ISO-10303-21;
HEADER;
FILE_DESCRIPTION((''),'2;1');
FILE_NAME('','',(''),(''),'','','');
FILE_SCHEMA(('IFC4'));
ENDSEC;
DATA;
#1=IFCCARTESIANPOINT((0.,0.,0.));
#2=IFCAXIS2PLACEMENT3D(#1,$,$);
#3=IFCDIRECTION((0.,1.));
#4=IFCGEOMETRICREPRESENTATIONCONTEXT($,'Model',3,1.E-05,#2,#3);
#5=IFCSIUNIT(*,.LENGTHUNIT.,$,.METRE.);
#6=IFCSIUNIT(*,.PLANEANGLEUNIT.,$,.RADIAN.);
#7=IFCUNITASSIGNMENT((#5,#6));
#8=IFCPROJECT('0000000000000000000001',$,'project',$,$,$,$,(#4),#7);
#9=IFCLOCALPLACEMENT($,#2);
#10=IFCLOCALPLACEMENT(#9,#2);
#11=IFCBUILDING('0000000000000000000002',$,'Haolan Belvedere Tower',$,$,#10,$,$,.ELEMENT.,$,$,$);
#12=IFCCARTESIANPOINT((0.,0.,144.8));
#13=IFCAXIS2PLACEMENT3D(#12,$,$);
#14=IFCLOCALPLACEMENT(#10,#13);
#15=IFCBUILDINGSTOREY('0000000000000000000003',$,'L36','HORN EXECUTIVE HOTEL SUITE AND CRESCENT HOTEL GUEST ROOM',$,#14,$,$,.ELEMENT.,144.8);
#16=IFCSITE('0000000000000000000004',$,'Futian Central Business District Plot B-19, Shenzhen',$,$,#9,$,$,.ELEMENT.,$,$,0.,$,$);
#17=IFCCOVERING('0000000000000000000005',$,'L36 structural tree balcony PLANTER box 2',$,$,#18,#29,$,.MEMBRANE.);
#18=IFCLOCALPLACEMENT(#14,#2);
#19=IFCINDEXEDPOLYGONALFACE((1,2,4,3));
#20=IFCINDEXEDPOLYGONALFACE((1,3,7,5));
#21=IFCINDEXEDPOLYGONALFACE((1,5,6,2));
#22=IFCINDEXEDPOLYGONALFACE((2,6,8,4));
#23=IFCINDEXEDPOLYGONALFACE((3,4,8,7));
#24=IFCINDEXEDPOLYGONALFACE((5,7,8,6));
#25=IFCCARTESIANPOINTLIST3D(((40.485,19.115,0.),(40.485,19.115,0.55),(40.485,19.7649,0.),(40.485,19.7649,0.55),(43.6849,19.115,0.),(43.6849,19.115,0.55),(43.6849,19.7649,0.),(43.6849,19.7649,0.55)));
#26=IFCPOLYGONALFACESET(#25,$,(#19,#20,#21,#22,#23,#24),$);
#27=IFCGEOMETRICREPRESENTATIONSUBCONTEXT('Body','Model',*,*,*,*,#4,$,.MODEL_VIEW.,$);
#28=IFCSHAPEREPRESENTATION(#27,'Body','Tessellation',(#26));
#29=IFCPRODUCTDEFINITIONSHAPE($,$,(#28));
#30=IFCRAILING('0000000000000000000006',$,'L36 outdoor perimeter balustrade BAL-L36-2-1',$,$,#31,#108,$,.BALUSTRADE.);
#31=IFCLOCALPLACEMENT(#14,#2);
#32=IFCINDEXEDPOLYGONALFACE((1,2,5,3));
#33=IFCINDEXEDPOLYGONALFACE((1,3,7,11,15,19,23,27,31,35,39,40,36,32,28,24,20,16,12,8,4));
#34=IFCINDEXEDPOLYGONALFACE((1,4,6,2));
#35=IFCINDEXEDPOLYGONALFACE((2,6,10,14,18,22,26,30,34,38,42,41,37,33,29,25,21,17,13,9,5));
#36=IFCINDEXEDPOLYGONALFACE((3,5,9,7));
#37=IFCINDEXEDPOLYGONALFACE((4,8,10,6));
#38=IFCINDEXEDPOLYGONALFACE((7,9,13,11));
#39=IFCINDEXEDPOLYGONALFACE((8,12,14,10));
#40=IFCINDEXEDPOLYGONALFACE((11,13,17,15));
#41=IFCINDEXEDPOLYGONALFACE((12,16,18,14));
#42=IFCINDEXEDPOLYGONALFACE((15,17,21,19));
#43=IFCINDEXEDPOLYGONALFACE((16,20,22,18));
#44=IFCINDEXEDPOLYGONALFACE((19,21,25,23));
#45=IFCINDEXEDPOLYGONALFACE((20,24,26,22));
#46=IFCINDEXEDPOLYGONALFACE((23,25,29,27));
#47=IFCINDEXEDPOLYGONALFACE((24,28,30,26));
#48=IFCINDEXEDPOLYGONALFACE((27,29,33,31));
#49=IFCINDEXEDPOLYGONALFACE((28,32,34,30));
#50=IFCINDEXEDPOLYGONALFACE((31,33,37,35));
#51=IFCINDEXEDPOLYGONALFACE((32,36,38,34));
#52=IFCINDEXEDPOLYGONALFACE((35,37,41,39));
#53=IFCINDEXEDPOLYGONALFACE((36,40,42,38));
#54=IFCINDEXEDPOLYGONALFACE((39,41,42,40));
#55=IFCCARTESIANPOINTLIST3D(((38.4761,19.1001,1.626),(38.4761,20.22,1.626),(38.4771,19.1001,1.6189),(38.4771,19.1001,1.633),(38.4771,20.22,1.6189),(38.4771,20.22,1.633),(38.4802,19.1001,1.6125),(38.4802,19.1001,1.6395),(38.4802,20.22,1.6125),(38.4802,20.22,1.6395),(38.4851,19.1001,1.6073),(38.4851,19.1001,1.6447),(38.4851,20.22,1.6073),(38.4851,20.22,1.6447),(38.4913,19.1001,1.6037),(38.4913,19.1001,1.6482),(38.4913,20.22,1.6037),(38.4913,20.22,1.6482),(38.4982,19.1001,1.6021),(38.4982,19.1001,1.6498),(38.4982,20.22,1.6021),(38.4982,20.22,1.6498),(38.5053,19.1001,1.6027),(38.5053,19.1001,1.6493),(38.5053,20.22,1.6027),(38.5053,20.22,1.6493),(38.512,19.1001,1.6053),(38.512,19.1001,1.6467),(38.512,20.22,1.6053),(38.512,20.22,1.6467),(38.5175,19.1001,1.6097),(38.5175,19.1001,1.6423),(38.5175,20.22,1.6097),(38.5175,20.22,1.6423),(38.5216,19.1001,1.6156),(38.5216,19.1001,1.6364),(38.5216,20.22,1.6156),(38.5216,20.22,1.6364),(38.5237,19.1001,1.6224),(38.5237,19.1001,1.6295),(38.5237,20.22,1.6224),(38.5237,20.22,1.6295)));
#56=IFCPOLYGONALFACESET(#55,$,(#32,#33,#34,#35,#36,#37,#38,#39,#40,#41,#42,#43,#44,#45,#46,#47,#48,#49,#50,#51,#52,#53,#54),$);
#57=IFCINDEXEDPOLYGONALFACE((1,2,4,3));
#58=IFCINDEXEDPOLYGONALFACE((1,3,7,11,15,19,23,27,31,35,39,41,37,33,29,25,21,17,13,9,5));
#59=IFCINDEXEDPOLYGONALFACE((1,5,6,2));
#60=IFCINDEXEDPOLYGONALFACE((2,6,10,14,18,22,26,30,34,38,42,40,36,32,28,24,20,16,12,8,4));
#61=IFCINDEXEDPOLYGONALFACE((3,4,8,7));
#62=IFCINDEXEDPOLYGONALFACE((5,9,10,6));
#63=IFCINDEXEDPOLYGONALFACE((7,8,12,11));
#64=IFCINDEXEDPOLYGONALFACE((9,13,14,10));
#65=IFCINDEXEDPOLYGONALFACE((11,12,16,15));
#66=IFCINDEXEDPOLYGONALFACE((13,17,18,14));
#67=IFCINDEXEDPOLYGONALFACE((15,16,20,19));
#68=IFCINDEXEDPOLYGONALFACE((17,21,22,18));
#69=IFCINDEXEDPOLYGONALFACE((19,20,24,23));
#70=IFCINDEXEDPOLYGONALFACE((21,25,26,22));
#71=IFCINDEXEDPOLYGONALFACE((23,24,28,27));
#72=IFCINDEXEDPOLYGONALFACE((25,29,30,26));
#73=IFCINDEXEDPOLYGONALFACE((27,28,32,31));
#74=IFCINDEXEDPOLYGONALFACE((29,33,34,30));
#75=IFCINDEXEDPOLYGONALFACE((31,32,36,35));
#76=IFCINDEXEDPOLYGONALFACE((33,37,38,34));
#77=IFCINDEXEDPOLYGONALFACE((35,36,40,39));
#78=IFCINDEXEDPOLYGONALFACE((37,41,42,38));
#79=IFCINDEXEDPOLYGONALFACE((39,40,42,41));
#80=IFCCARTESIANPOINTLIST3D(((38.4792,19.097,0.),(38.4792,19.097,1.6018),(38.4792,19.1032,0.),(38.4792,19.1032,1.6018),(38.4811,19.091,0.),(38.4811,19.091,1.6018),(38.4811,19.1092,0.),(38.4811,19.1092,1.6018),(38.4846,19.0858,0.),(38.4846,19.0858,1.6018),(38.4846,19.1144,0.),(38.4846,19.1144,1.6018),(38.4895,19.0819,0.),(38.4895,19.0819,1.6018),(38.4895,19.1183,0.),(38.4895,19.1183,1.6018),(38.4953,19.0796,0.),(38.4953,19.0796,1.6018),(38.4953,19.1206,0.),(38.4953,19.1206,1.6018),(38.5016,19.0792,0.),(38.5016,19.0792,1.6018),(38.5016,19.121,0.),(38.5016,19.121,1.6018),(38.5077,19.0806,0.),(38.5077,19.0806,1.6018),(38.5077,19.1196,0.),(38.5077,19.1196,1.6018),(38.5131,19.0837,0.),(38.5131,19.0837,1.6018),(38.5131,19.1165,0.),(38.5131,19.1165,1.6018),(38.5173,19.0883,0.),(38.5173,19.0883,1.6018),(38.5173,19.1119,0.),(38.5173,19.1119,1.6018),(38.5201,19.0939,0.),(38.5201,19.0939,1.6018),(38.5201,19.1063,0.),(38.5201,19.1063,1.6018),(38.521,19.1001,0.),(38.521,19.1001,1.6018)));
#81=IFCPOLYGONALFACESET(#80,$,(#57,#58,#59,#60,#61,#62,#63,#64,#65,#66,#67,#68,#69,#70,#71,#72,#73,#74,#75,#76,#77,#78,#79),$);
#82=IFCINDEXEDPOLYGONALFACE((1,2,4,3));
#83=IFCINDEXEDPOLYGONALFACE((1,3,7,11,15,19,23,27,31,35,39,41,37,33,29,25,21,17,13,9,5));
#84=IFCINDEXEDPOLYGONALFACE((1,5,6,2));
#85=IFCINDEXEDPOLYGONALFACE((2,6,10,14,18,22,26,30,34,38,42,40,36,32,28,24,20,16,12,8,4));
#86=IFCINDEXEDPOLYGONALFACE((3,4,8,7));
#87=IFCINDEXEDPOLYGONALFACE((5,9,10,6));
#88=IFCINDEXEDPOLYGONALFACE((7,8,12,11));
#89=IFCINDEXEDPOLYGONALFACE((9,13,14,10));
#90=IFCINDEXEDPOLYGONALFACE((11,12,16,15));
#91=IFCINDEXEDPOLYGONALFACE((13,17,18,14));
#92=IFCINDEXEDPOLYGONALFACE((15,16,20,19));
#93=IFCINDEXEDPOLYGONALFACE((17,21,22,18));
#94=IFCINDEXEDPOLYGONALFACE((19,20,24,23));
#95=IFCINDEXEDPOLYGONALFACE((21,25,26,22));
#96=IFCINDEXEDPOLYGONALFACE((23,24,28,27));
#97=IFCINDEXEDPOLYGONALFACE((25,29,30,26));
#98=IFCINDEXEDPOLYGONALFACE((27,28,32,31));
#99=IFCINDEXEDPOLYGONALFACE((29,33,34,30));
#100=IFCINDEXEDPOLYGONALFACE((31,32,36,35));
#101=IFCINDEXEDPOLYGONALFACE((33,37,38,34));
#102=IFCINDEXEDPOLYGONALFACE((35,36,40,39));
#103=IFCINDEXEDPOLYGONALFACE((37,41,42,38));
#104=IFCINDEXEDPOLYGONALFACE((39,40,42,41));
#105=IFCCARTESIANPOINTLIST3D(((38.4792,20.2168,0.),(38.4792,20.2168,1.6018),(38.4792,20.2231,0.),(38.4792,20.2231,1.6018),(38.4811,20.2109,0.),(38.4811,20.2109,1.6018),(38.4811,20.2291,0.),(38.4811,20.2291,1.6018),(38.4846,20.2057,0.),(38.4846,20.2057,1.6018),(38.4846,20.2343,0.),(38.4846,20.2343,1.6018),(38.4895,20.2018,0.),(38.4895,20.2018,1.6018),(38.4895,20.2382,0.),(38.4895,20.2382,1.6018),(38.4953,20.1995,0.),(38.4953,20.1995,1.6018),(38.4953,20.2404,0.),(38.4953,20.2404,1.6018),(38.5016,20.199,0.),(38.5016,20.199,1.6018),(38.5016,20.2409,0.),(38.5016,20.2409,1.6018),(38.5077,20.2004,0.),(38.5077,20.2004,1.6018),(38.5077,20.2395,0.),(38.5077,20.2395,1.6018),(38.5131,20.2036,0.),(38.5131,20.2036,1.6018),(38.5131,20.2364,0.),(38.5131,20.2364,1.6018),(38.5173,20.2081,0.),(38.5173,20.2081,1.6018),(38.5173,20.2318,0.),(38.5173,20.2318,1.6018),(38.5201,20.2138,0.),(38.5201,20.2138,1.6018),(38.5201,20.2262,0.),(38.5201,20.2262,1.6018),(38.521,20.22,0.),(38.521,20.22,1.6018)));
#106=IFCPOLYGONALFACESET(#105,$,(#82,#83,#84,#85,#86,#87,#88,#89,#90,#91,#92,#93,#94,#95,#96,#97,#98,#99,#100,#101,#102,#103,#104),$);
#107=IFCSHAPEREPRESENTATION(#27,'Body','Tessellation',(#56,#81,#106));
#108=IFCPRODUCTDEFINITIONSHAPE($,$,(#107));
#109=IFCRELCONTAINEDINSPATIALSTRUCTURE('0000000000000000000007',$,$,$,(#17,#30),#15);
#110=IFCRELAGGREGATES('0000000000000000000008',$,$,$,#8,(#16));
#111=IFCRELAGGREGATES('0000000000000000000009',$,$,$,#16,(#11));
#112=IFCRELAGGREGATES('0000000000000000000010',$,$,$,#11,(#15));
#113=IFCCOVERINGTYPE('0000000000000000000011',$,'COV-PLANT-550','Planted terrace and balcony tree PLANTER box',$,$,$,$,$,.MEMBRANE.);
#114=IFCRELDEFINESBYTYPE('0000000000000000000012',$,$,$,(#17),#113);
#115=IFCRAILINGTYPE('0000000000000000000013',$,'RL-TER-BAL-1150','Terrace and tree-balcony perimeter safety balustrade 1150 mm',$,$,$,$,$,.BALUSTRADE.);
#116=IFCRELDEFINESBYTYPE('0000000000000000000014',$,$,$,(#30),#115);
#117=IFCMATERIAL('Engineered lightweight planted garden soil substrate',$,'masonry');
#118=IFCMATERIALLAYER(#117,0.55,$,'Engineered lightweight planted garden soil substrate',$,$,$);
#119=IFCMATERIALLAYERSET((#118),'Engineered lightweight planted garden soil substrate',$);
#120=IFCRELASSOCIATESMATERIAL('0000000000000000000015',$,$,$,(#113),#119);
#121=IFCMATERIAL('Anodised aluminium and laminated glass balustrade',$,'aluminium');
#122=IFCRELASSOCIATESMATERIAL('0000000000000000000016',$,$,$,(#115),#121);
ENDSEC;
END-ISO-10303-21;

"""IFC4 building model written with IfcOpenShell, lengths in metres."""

from ifc_helpers import new_model, si_unit, direction, frame, origin, origin_2d, place, context, subcontext, project, spatial, rectangle, circle, extrude, material, layer, layer_set, type_object, element, save


model = new_model("IFC4")

# Units and contexts
model_context = context("Model", 3, precision=1e-05, world=origin(), true_north=direction((0.0, 1.0)))
body_context = subcontext(model_context, "Body", "Model", "MODEL_VIEW")
ifc_project = project(units=[si_unit("LENGTHUNIT", "METRE"), si_unit("PLANEANGLEUNIT", "RADIAN")], contexts=[model_context])

# Site, building, storey
site_placement = place(None, origin())
site = spatial("IfcSite", under=ifc_project, at=site_placement, Name="Futian Central Business District Plot B-19, Shenzhen", CompositionType="ELEMENT", RefElevation=0.0)
building_placement = place(site_placement, origin())
building = spatial("IfcBuilding", under=site, at=building_placement, Name="Haolan Belvedere Tower", CompositionType="ELEMENT")
storey_placement = place(building_placement, frame((0.0, 0.0, 144.8)))
storey = spatial("IfcBuildingStorey", under=building, at=storey_placement, Name="L36", Description="HORN EXECUTIVE HOTEL SUITE AND CRESCENT HOTEL GUEST ROOM", CompositionType="ELEMENT", Elevation=144.8)

# Covering
ifc_material_1 = material(Name="Engineered lightweight planted garden soil substrate", Category="masonry")
ifc_layer_1 = layer(ifc_material_1, 0.55, Name="Engineered lightweight planted garden soil substrate")
ifc_layer_set_1 = layer_set([ifc_layer_1], Name="Engineered lightweight planted garden soil substrate")
covering_type = type_object("IfcCoveringType", Name="COV-PLANT-550", Description="Planted terrace and balcony tree PLANTER box", PredefinedType="MEMBRANE", material=ifc_layer_set_1)
for number, where, z_axis, x_axis, name in (
    (1, (42.085, 19.4399, 0.0), (0.0, 0.0, 1.0), (1.0, 0.0, 0.0), "L36 structural tree balcony PLANTER box 2"),
):
    element("IfcCovering", number, at=place(storey_placement, frame(where, z_axis=z_axis, x_axis=x_axis)), inside=storey, type_object=covering_type, Name=name, PredefinedType="MEMBRANE", context=body_context, shape_type="SweptSolid", body=[
        extrude(rectangle(XDim=3.2, YDim=0.6499, at=origin_2d()), origin(), (0.0, 0.0, 1.0), 0.55),
    ])

# Railing
ifc_material_2 = material(Name="Anodised aluminium and laminated glass balustrade", Category="aluminium")
railing_type = type_object("IfcRailingType", Name="RL-TER-BAL-1150", Description="Terrace and tree-balcony perimeter safety balustrade 1150 mm", PredefinedType="BALUSTRADE", material=ifc_material_2)
railing_1_placement = place(storey_placement, frame((38.5, 19.1001, 0.0)))
element("IfcRailing", 2, at=railing_1_placement, inside=storey, type_object=railing_type, Name="L36 outdoor perimeter balustrade BAL-L36-2-1", PredefinedType="BALUSTRADE", context=body_context, shape_type="SweptSolid", body=[
    extrude(circle(Radius=0.0239, at=origin_2d()), frame((0.0, 0.0, 1.626), z_axis=(0.0, 1.0, 0.0), x_axis=(-1.0, 0.0, 0.0)), (0.0, 0.0, 1.0), 1.1199),
    extrude(circle(Radius=0.021, at=origin_2d()), origin(), (0.0, 0.0, 1.0), 1.6018),
    extrude(circle(Radius=0.021, at=origin_2d()), frame((0.0, 1.1199, 0.0)), (0.0, 0.0, 1.0), 1.6018),
])

save(model, "model.ifc")
